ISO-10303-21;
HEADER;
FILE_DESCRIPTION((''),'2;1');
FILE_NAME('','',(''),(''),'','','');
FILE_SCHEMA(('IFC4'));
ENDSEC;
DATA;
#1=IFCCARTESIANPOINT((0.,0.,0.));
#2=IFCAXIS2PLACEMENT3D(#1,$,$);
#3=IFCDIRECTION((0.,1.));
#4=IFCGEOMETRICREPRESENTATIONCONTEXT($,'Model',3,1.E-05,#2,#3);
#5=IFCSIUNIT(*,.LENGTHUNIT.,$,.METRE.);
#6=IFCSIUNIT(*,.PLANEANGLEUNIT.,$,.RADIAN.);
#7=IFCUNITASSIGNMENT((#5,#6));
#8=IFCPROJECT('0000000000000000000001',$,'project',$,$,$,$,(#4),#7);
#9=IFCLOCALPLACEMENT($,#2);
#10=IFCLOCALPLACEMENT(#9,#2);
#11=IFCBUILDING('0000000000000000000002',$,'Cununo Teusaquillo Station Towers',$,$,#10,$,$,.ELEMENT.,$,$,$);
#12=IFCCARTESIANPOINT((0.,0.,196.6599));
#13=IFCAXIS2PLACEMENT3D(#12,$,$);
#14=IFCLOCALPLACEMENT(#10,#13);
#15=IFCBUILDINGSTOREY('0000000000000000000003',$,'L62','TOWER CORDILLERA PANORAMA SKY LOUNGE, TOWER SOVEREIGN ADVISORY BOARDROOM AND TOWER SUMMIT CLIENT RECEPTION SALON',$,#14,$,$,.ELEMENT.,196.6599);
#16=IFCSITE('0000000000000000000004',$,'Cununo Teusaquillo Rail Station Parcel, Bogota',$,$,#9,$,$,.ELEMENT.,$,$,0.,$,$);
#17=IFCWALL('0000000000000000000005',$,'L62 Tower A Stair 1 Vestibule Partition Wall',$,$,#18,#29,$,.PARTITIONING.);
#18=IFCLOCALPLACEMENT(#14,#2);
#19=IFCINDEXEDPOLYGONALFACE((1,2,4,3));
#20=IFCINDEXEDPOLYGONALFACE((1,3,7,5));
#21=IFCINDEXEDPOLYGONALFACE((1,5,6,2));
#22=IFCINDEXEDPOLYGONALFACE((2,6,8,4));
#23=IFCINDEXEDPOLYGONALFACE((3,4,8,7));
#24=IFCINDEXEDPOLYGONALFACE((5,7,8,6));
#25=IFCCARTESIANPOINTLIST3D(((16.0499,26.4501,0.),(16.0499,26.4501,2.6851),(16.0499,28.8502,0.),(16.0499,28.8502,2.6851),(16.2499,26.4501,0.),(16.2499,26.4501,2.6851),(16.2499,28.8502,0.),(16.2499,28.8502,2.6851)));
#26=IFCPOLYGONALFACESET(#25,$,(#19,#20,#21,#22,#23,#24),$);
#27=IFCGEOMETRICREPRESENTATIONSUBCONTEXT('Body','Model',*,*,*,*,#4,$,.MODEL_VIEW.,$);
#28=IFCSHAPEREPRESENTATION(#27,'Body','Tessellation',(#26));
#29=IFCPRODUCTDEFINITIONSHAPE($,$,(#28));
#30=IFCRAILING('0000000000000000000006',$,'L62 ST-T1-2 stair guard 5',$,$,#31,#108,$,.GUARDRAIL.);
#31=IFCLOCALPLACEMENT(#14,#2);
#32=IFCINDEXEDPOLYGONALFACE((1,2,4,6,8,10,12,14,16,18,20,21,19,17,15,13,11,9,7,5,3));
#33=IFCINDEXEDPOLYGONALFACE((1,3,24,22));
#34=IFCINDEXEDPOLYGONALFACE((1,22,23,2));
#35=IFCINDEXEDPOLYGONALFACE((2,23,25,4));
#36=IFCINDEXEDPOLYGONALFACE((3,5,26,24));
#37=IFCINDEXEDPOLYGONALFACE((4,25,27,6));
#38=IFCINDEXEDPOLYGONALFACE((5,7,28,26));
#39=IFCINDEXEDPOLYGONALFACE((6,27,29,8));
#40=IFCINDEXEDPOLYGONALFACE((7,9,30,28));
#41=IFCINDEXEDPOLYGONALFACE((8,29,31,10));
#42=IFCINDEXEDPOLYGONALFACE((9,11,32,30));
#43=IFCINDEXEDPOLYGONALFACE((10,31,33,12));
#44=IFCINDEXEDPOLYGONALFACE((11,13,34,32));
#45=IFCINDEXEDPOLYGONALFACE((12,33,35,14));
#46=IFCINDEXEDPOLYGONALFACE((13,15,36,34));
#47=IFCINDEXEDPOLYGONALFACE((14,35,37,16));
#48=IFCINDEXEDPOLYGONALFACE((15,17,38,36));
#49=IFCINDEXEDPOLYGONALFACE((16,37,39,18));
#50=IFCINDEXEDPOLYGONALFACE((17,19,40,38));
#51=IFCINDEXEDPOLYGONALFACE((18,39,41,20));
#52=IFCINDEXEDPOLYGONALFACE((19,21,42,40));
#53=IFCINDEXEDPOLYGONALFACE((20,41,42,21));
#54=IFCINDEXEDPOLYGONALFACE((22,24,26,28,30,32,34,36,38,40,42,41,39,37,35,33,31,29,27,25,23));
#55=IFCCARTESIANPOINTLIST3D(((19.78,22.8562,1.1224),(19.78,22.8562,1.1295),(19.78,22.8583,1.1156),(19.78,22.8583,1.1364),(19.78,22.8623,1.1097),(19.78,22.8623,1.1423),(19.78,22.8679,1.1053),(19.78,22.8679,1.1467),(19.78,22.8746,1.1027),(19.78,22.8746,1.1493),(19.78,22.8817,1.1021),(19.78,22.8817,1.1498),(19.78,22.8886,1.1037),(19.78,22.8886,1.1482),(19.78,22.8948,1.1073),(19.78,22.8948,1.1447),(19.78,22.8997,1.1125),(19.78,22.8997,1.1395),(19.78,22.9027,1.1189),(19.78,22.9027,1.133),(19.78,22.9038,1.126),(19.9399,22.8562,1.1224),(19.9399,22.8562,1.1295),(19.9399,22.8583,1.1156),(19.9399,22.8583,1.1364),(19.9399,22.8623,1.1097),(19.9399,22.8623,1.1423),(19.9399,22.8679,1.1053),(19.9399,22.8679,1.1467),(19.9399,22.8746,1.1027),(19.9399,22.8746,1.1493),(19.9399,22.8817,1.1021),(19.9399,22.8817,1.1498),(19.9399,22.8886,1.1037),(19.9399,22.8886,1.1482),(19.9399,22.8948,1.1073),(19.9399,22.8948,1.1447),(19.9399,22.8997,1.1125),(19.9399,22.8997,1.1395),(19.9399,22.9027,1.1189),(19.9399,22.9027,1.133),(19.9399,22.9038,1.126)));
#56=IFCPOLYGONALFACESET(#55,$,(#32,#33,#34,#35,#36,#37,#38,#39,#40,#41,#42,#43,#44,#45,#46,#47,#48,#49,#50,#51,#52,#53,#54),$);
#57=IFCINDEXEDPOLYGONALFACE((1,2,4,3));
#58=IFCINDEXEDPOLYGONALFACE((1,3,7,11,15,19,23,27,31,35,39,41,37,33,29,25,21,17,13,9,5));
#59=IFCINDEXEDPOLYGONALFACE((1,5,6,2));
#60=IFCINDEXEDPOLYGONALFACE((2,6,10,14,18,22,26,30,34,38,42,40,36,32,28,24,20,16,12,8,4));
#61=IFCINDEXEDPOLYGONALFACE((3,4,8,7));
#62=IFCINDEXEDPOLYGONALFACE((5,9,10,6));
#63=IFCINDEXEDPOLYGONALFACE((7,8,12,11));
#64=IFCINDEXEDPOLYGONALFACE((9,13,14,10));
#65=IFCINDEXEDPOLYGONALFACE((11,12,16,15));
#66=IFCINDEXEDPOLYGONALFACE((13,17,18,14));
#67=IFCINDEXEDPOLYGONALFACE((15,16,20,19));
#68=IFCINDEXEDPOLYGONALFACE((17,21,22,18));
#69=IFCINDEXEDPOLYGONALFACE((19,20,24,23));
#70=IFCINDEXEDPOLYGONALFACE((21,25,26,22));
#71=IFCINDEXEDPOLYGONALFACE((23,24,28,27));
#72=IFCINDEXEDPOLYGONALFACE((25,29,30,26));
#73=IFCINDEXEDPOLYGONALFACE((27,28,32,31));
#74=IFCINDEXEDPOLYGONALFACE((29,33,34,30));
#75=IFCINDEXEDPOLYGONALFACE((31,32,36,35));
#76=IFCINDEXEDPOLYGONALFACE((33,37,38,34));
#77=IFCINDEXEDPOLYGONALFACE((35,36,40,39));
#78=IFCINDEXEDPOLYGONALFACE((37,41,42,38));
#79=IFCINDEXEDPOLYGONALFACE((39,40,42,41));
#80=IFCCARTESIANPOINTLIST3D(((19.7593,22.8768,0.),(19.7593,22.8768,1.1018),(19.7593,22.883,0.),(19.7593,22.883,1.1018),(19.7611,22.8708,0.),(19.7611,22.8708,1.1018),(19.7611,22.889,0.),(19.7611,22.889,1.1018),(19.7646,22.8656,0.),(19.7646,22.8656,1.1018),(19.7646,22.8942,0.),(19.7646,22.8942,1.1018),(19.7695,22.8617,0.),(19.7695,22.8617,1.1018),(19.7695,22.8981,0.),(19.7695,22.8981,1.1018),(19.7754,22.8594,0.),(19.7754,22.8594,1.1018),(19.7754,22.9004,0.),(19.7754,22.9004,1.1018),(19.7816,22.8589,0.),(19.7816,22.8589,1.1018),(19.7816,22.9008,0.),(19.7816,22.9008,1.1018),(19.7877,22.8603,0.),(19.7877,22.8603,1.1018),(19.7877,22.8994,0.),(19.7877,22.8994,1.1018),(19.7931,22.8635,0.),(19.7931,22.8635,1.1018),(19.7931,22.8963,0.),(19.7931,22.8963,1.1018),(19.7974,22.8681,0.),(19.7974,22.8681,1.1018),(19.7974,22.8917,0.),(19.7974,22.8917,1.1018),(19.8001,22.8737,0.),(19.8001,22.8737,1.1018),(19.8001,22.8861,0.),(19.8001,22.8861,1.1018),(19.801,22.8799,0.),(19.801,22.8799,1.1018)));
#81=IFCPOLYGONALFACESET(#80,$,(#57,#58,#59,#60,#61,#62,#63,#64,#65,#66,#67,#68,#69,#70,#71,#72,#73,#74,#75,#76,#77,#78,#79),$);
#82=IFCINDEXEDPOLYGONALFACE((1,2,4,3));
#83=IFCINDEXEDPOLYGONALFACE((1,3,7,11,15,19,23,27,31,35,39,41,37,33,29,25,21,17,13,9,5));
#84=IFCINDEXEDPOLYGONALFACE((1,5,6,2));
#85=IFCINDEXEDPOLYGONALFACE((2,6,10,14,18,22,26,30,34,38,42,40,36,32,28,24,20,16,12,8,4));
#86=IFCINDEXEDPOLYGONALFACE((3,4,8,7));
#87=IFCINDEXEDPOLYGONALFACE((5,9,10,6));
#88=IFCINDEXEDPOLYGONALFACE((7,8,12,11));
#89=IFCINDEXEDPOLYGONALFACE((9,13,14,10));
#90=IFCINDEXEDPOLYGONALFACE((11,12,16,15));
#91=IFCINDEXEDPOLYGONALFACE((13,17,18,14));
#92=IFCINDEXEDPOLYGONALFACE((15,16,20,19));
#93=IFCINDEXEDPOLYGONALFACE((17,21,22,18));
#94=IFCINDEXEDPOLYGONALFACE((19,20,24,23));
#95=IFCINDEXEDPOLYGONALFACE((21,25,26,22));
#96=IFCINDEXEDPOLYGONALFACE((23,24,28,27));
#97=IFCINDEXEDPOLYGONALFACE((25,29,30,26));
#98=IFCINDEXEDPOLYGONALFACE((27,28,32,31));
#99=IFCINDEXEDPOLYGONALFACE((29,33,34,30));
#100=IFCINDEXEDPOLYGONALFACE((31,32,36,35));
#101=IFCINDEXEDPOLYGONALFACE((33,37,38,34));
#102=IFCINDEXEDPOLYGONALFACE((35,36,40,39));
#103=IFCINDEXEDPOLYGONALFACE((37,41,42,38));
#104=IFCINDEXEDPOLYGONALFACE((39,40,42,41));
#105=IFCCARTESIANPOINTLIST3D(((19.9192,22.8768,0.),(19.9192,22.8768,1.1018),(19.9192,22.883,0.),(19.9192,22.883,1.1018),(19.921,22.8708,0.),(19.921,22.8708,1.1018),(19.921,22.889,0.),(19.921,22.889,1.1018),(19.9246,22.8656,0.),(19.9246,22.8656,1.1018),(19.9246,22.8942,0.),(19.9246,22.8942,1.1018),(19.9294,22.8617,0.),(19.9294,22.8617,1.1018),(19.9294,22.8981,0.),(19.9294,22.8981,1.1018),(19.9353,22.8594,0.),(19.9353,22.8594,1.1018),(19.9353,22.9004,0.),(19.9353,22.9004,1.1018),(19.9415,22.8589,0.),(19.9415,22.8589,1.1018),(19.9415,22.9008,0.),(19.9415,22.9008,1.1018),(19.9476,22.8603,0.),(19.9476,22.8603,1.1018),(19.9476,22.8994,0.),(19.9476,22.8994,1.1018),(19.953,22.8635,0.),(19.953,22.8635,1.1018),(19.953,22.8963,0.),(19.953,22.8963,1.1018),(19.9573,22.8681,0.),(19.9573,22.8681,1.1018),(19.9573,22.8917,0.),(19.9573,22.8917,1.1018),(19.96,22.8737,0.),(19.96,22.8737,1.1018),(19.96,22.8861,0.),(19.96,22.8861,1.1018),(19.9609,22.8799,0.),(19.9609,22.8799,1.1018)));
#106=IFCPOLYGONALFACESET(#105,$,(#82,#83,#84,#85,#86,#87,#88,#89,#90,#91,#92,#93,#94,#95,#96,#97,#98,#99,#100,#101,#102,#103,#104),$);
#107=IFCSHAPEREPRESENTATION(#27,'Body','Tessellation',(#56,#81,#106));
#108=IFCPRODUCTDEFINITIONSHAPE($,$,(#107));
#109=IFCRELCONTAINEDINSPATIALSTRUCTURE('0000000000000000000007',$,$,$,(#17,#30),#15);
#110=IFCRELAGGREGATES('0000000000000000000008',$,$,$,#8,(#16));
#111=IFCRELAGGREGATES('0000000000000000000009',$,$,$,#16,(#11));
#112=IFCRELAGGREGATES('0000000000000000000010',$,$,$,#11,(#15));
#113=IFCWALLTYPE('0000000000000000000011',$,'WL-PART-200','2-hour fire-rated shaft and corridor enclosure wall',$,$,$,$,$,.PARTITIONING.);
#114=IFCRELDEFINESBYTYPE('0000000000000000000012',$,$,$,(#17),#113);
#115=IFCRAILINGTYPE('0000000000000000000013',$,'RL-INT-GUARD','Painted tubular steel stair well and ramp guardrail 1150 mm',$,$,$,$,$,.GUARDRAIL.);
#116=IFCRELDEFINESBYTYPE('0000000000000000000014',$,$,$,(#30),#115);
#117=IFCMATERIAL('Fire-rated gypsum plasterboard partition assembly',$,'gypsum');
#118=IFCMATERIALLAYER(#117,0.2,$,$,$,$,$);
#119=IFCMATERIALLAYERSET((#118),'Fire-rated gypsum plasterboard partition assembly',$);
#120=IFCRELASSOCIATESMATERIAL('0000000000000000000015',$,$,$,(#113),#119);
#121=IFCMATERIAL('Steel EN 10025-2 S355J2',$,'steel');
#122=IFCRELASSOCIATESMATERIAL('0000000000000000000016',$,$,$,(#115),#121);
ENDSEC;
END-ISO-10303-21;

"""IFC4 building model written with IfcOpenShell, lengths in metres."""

from ifc_helpers import new_model, si_unit, direction, frame, frame_2d, origin, origin_2d, place, context, subcontext, project, spatial, rectangle, circle, extrude, material, layer, layer_set, type_object, element, save


model = new_model("IFC4")

# Units and contexts
model_context = context("Model", 3, precision=1e-05, world=origin(), true_north=direction((0.0, 1.0)))
body_context = subcontext(model_context, "Body", "Model", "MODEL_VIEW")
ifc_project = project(units=[si_unit("LENGTHUNIT", "METRE"), si_unit("PLANEANGLEUNIT", "RADIAN")], contexts=[model_context])

# Site, building, storey
site_placement = place(None, origin())
site = spatial("IfcSite", under=ifc_project, at=site_placement, Name="Cununo Teusaquillo Rail Station Parcel, Bogota", CompositionType="ELEMENT", RefElevation=0.0)
building_placement = place(site_placement, origin())
building = spatial("IfcBuilding", under=site, at=building_placement, Name="Cununo Teusaquillo Station Towers", CompositionType="ELEMENT")
storey_placement = place(building_placement, frame((0.0, 0.0, 196.6599)))
storey = spatial("IfcBuildingStorey", under=building, at=storey_placement, Name="L62", Description="TOWER CORDILLERA PANORAMA SKY LOUNGE, TOWER SOVEREIGN ADVISORY BOARDROOM AND TOWER SUMMIT CLIENT RECEPTION SALON", CompositionType="ELEMENT", Elevation=196.6599)

# Wall
ifc_material_1 = material(Name="Fire-rated gypsum plasterboard partition assembly", Category="gypsum")
ifc_layer_1 = layer(ifc_material_1, 0.2)
ifc_layer_set_1 = layer_set([ifc_layer_1], Name="Fire-rated gypsum plasterboard partition assembly")
wall_type_1 = type_object("IfcWallType", Name="WL-PART-200", Description="2-hour fire-rated shaft and corridor enclosure wall", PredefinedType="PARTITIONING", material=ifc_layer_set_1)
wall_1_placement = place(storey_placement, frame((16.1499, 26.45, 0.0), z_axis=(0.0, 0.0, 1.0), x_axis=(0.0, 1.0, 0.0)))
element("IfcWall", 1, at=wall_1_placement, inside=storey, type_object=wall_type_1, Name="L62 Tower A Stair 1 Vestibule Partition Wall", PredefinedType="PARTITIONING", context=body_context, shape_type="SweptSolid", body=[
    extrude(rectangle(XDim=2.4001, YDim=0.2, at=frame_2d((1.2002, 0.0))), origin(), (0.0, 0.0, 1.0), 2.6851),
])

# Railing
ifc_material_2 = material(Name="Steel EN 10025-2 S355J2", Category="steel")
railing_type = type_object("IfcRailingType", Name="RL-INT-GUARD", Description="Painted tubular steel stair well and ramp guardrail 1150 mm", PredefinedType="GUARDRAIL", material=ifc_material_2)
railing_placement = place(storey_placement, frame((19.78, 22.8799, 0.0)))
element("IfcRailing", 2, at=railing_placement, inside=storey, type_object=railing_type, Name="L62 ST-T1-2 stair guard 5", PredefinedType="GUARDRAIL", context=body_context, shape_type="SweptSolid", body=[
    extrude(circle(Radius=0.0239, at=origin_2d()), frame((0.0, 0.0, 1.126), z_axis=(1.0, 0.0, 0.0), x_axis=(0.0, 1.0, 0.0)), (0.0, 0.0, 1.0), 0.1599),
    extrude(circle(Radius=0.021, at=origin_2d()), origin(), (0.0, 0.0, 1.0), 1.1018),
    extrude(circle(Radius=0.021, at=origin_2d()), frame((0.1599, 0.0, 0.0)), (0.0, 0.0, 1.0), 1.1018),
])

save(model, "model.ifc")
